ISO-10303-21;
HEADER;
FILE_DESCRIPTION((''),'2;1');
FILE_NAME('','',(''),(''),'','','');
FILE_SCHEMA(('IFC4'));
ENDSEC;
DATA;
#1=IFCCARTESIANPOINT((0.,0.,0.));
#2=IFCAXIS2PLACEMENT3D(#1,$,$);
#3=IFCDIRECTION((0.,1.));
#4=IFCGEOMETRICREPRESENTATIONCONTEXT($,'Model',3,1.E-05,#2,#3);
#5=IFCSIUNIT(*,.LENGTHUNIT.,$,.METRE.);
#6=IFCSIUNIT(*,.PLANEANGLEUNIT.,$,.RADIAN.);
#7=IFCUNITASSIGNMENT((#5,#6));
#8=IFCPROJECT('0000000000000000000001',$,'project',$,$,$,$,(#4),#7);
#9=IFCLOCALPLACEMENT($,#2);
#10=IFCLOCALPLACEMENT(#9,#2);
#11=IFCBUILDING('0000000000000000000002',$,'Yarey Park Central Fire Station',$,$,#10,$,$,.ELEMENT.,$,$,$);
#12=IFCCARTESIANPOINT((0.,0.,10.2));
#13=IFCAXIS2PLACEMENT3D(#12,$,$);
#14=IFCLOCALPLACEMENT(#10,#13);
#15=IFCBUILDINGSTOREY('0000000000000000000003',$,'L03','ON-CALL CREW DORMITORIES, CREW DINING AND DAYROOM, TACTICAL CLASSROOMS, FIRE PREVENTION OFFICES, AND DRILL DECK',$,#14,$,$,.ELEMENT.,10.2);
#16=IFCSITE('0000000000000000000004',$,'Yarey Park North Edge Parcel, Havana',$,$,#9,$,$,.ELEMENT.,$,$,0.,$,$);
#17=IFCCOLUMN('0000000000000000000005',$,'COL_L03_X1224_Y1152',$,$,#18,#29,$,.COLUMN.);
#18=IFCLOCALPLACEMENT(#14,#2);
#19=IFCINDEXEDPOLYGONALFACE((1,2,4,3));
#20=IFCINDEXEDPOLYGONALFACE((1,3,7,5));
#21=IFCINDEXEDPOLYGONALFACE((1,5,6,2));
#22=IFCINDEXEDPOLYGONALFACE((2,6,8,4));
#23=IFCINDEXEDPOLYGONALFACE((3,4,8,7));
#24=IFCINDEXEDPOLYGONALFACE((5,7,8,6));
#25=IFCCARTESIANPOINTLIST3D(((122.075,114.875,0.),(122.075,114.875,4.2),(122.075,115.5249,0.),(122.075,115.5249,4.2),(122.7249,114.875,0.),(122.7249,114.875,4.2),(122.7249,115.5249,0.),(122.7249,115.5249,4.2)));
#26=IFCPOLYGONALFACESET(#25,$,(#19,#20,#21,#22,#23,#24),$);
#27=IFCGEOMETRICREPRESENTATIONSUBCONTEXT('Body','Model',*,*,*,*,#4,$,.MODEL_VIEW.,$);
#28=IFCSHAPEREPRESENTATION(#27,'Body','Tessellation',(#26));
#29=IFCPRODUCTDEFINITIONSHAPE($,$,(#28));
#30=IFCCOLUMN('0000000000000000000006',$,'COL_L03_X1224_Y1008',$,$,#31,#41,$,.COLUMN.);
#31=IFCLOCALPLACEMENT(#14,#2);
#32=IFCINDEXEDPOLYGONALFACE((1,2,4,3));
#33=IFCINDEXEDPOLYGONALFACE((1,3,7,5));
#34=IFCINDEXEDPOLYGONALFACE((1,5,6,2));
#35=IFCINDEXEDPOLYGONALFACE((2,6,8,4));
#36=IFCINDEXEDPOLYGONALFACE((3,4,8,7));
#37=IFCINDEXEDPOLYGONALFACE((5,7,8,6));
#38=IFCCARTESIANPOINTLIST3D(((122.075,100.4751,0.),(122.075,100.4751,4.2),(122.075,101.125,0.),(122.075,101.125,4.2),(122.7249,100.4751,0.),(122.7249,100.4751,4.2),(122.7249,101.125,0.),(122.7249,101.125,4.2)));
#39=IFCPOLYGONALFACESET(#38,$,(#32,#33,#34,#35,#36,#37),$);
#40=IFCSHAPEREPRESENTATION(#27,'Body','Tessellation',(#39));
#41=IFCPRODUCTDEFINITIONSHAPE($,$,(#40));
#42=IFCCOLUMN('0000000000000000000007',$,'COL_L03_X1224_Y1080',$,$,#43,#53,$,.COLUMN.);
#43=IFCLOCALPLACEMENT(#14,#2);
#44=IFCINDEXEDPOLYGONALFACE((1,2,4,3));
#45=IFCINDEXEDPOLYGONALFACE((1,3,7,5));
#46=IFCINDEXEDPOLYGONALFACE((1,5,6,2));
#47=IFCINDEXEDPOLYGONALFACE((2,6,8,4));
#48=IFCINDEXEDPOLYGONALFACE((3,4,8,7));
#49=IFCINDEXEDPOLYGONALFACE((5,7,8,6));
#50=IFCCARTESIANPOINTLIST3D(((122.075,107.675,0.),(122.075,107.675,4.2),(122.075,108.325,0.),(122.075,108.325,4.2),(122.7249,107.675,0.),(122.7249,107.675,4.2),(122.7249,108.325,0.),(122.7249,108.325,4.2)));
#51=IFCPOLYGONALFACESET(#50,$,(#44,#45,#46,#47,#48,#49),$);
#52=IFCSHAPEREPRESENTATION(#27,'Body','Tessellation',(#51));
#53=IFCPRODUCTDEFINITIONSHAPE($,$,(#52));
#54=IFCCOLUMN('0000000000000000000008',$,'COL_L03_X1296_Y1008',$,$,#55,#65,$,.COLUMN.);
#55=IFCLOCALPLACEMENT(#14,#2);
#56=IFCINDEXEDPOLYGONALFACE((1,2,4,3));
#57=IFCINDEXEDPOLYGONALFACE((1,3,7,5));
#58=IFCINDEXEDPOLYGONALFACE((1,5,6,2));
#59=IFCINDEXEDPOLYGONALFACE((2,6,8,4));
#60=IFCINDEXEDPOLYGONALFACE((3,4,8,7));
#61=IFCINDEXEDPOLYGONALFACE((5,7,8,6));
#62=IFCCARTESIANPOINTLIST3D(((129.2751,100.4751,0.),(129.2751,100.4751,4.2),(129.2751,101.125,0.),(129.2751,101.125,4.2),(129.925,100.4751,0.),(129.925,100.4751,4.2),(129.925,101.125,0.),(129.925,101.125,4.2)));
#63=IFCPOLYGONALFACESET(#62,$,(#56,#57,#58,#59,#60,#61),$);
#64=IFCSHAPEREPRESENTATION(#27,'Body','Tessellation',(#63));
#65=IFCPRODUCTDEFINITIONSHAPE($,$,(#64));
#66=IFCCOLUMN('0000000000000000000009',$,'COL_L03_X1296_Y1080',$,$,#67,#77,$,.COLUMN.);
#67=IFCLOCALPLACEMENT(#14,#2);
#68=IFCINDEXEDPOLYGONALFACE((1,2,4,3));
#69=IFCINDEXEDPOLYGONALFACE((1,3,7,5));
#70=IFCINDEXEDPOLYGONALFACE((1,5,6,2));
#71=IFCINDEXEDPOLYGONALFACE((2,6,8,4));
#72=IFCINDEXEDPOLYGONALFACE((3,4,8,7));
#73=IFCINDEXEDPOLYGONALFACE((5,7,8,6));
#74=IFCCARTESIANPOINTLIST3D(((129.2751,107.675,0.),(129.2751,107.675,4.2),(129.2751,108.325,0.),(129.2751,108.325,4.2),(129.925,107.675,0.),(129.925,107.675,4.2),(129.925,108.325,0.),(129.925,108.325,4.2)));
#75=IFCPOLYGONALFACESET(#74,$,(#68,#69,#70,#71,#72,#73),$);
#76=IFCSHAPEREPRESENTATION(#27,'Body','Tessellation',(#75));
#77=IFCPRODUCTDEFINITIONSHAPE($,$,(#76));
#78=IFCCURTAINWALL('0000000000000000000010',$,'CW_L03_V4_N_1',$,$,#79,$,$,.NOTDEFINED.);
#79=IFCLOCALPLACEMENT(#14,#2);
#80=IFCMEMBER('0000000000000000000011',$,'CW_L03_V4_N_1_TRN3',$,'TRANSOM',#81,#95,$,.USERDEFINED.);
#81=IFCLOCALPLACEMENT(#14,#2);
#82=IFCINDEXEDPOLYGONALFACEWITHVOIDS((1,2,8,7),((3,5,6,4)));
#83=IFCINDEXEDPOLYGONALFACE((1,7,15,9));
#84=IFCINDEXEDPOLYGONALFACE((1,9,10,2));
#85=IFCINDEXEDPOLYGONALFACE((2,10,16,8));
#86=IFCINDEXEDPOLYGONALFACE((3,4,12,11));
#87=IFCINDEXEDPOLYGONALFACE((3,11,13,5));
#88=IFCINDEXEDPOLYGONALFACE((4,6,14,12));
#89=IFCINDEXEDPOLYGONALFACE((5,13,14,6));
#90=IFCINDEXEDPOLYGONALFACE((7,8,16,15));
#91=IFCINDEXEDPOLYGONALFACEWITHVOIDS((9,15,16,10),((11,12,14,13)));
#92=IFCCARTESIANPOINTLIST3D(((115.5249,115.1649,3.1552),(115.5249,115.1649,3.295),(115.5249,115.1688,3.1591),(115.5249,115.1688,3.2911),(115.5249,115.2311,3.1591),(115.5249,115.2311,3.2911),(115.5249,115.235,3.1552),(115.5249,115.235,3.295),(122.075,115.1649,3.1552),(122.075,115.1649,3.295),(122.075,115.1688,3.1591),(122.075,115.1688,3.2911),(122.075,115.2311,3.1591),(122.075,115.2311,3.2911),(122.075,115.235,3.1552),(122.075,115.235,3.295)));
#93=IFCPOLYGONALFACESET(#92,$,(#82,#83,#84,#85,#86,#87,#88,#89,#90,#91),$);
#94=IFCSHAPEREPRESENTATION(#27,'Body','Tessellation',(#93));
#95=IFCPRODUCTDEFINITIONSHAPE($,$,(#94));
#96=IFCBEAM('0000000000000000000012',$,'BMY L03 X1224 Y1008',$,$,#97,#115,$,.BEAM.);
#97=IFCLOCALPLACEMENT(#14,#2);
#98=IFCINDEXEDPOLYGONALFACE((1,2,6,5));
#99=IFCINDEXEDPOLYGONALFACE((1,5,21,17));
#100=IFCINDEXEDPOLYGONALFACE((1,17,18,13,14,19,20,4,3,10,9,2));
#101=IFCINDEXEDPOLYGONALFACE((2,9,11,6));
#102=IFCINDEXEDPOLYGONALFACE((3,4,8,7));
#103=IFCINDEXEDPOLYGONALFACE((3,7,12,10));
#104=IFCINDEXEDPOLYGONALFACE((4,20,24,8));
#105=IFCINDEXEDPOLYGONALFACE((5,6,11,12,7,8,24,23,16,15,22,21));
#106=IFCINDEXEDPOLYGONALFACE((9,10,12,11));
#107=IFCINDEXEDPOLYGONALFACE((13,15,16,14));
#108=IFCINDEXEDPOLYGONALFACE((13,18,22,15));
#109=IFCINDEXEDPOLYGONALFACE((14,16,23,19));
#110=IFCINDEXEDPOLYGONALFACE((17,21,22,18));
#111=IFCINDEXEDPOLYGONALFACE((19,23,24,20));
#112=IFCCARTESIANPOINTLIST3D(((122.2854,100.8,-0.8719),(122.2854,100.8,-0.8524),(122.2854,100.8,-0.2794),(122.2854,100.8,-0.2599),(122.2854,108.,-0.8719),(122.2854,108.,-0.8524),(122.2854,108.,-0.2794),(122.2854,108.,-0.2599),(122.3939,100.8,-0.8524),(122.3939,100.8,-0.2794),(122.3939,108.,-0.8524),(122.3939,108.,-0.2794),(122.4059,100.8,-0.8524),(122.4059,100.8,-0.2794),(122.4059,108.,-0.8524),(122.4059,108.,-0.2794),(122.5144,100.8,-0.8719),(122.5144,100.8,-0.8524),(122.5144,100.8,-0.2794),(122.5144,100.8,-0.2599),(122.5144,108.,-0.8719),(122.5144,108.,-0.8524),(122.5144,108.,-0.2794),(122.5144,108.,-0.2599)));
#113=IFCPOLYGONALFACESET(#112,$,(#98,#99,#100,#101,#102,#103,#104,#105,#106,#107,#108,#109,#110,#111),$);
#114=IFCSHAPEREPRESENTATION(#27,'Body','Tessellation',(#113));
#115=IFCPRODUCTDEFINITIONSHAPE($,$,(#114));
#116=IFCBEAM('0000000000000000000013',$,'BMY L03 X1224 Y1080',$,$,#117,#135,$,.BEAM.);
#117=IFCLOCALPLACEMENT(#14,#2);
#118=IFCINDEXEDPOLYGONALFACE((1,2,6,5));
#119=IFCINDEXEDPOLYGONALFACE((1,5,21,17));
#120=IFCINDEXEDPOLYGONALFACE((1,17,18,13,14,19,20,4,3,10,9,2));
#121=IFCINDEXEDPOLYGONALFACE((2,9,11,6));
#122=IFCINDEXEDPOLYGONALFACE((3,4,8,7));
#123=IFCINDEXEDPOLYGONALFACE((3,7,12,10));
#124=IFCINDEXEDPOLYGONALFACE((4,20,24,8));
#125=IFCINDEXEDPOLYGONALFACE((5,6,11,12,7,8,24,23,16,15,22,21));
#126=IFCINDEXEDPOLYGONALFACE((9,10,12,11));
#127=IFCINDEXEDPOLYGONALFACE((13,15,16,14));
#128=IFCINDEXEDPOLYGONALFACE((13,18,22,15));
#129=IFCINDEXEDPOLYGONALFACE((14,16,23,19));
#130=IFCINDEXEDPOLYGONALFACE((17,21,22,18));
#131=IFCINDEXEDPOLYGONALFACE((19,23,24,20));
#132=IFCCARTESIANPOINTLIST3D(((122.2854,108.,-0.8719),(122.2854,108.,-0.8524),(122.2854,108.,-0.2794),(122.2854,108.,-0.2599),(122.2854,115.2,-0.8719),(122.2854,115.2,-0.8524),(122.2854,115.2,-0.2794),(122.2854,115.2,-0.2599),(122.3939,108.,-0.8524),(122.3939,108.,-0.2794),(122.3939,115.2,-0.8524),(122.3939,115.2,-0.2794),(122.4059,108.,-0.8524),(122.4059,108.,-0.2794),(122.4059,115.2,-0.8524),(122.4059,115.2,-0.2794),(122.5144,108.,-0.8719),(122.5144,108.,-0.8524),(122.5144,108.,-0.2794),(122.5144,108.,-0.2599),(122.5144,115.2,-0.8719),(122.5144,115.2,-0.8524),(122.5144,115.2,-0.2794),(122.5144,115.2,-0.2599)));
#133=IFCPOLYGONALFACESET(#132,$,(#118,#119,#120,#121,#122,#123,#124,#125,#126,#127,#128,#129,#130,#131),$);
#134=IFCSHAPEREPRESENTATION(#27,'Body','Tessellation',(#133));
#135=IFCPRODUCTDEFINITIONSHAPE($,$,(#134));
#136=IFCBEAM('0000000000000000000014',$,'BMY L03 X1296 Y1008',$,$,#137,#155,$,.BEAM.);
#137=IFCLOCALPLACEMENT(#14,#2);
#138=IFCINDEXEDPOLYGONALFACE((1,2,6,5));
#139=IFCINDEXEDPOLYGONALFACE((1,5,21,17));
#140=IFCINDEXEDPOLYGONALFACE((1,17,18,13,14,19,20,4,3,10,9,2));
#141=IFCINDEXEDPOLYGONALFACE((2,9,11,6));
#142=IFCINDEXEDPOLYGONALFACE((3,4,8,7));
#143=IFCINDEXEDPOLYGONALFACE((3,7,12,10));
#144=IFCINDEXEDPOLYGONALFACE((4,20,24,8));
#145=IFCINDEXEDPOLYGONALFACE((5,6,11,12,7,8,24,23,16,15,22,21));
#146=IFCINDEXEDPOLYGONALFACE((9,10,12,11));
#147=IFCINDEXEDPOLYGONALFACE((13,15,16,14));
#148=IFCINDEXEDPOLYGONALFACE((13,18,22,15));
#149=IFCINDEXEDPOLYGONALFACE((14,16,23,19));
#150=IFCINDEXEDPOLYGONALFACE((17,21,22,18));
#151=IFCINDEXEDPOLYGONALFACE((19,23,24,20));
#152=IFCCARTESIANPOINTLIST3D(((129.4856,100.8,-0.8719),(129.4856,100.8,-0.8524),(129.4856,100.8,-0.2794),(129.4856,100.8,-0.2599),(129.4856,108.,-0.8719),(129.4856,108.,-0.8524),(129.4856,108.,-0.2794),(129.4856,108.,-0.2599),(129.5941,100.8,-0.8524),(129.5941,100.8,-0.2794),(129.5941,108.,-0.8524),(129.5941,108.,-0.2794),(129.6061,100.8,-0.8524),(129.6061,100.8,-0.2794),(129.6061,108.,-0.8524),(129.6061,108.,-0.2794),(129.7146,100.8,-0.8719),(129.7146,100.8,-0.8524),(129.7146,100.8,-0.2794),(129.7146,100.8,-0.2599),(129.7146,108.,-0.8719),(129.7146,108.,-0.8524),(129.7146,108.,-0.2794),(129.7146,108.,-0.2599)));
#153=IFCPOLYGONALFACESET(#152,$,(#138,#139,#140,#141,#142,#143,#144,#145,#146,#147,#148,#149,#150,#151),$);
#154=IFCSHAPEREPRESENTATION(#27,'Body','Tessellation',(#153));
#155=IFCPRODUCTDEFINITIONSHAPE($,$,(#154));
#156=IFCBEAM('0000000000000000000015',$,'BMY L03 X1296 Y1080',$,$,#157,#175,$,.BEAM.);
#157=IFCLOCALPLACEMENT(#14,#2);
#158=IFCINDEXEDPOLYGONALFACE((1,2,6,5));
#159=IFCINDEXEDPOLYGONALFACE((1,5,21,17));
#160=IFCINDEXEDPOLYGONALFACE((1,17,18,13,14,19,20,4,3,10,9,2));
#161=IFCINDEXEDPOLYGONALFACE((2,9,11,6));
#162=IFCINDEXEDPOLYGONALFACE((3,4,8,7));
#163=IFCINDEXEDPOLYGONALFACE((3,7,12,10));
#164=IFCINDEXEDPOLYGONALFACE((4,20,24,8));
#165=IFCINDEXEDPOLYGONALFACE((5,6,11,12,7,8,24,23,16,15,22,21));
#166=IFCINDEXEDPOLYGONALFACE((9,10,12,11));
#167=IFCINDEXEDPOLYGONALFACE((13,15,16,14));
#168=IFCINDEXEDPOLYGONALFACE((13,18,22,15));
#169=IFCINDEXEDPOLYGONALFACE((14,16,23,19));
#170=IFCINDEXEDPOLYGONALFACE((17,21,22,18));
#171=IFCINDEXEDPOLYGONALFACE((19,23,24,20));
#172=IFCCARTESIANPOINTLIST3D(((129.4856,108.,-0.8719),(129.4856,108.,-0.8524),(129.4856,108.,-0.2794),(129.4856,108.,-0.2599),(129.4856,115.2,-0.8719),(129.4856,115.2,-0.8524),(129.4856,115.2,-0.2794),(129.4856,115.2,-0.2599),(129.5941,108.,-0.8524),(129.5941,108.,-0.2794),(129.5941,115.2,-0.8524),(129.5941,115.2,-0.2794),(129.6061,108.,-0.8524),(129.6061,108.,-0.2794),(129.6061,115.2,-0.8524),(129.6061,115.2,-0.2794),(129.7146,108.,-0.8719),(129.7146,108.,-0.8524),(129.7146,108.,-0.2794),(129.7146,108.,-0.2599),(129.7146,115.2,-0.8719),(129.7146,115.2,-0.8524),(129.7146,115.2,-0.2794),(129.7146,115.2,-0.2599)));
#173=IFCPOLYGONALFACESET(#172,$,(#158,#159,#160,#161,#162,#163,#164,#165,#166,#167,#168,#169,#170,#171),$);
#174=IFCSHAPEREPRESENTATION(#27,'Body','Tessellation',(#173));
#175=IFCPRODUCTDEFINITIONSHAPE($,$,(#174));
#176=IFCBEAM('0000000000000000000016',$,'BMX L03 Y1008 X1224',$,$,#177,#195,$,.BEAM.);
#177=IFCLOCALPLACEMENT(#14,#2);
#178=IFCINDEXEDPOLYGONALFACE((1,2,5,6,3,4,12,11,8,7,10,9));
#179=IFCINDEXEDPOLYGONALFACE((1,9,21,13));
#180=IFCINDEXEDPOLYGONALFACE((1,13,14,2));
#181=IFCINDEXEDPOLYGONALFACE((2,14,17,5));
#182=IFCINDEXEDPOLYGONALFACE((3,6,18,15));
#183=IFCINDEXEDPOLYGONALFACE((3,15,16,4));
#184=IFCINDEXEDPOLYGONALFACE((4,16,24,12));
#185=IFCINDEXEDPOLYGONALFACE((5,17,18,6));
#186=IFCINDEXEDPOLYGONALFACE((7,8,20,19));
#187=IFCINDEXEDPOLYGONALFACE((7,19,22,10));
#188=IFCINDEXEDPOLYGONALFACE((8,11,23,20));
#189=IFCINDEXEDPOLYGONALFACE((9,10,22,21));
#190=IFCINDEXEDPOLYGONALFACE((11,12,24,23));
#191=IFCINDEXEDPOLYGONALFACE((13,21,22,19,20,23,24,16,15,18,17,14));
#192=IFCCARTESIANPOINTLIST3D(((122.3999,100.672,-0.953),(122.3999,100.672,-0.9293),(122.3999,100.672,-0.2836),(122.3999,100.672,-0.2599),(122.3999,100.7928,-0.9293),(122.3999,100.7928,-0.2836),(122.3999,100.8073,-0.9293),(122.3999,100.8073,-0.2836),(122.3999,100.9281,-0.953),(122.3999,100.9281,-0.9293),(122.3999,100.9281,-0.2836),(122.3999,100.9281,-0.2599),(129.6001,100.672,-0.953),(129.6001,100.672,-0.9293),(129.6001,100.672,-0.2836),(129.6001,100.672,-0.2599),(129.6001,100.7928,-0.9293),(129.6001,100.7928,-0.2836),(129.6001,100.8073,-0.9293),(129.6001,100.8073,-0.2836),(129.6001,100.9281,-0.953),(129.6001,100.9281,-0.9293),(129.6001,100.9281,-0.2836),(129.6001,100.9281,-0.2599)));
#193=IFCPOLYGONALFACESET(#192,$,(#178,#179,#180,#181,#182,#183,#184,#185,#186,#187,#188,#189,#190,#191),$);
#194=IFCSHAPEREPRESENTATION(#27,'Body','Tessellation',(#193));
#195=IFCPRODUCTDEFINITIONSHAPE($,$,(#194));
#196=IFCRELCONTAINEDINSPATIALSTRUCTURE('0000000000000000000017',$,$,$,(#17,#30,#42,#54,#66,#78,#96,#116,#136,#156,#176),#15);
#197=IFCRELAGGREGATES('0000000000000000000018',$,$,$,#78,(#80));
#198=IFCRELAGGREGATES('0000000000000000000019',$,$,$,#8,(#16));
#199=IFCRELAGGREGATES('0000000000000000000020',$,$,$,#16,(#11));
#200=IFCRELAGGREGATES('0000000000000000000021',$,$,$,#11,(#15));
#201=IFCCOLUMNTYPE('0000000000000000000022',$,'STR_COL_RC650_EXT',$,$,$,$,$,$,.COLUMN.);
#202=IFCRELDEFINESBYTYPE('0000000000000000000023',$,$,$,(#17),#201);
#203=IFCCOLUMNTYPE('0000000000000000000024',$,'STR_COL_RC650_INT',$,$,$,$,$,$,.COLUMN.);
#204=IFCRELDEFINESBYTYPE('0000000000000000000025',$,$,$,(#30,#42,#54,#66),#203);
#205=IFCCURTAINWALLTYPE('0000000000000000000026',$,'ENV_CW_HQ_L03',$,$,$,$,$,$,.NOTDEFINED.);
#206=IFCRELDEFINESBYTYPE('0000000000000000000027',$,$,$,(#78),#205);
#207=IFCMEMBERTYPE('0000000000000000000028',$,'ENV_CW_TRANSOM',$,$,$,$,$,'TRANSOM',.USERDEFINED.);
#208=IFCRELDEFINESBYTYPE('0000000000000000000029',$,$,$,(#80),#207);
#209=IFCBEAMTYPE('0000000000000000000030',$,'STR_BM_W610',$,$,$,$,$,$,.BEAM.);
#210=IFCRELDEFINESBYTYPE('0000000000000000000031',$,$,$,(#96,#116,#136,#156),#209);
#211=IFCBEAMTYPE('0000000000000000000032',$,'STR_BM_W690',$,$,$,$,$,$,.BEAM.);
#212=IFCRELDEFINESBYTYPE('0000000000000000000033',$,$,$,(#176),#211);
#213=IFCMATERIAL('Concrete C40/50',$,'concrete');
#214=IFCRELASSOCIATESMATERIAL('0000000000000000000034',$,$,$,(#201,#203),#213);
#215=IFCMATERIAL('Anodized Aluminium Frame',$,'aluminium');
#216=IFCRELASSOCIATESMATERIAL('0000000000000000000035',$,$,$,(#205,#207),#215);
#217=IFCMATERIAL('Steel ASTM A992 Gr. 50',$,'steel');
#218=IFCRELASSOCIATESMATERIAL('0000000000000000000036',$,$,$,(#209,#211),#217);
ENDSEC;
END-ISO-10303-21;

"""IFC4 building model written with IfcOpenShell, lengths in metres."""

from ifc_helpers import new_model, si_unit, direction, frame, origin, origin_2d, place, context, subcontext, project, spatial, rectangle, hollow_rectangle, i_section, extrude, material, material_profile, profile_set, type_object, element, aggregate, save


model = new_model("IFC4")

# Units and contexts
model_context = context("Model", 3, precision=1e-05, world=origin(), true_north=direction((0.0, 1.0)))
body_context = subcontext(model_context, "Body", "Model", "MODEL_VIEW")
ifc_project = project(units=[si_unit("LENGTHUNIT", "METRE"), si_unit("PLANEANGLEUNIT", "RADIAN")], contexts=[model_context])

# Site, building, storey
site_placement = place(None, origin())
site = spatial("IfcSite", under=ifc_project, at=site_placement, Name="Yarey Park North Edge Parcel, Havana", CompositionType="ELEMENT", RefElevation=0.0)
building_placement = place(site_placement, origin())
building = spatial("IfcBuilding", under=site, at=building_placement, Name="Yarey Park Central Fire Station", CompositionType="ELEMENT")
storey_placement = place(building_placement, frame((0.0, 0.0, 10.2)))
storey = spatial("IfcBuildingStorey", under=building, at=storey_placement, Name="L03", Description="ON-CALL CREW DORMITORIES, CREW DINING AND DAYROOM, TACTICAL CLASSROOMS, FIRE PREVENTION OFFICES, AND DRILL DECK", CompositionType="ELEMENT", Elevation=10.2)

# Columns
ifc_material_1 = material(Name="Concrete C40/50", Category="concrete")
ifc_material_profile_1 = material_profile(ifc_material_1, rectangle(XDim=0.6499, YDim=0.6499, at=origin_2d()), Name="RC 650x650")
ifc_profile_set_1 = profile_set([ifc_material_profile_1], Name="Concrete C40/50")
column_type_1 = type_object("IfcColumnType", Name="STR_COL_RC650_EXT", PredefinedType="COLUMN", material=ifc_profile_set_1)
column_placement = place(storey_placement, frame((122.3999, 115.2, 0.0), z_axis=(0.0, 0.0, 1.0), x_axis=(1.0, 0.0, 0.0)))
element("IfcColumn", 1, at=column_placement, inside=storey, type_object=column_type_1, Name="COL_L03_X1224_Y1152", PredefinedType="COLUMN", context=body_context, shape_type="SweptSolid", body=[
    extrude(rectangle(XDim=0.6499, YDim=0.6499, at=origin_2d()), origin(), (0.0, 0.0, 1.0), 4.2),
])
ifc_material_profile_2 = material_profile(ifc_material_1, rectangle(XDim=0.6499, YDim=0.6499, at=origin_2d()), Name="RC 650x650")
ifc_profile_set_2 = profile_set([ifc_material_profile_2], Name="Concrete C40/50")
column_type_2 = type_object("IfcColumnType", Name="STR_COL_RC650_INT", PredefinedType="COLUMN", material=ifc_profile_set_2)
for number, where, z_axis, x_axis, name in (
    (2, (122.3999, 100.8, 0.0), (0.0, 0.0, 1.0), (1.0, 0.0, 0.0), "COL_L03_X1224_Y1008"),
    (3, (122.3999, 108.0, 0.0), (0.0, 0.0, 1.0), (1.0, 0.0, 0.0), "COL_L03_X1224_Y1080"),
    (4, (129.6001, 100.8, 0.0), (0.0, 0.0, 1.0), (1.0, 0.0, 0.0), "COL_L03_X1296_Y1008"),
    (5, (129.6001, 108.0, 0.0), (0.0, 0.0, 1.0), (1.0, 0.0, 0.0), "COL_L03_X1296_Y1080"),
):
    element("IfcColumn", number, at=place(storey_placement, frame(where, z_axis=z_axis, x_axis=x_axis)), inside=storey, type_object=column_type_2, Name=name, PredefinedType="COLUMN", context=body_context, shape_type="SweptSolid", body=[
        extrude(rectangle(XDim=0.6499, YDim=0.6499, at=origin_2d()), origin(), (0.0, 0.0, 1.0), 4.2),
    ])

# Curtain wall, member
ifc_material_2 = material(Name="Anodized Aluminium Frame", Category="aluminium")
curtain_wall_type = type_object("IfcCurtainWallType", Name="ENV_CW_HQ_L03", PredefinedType="NOTDEFINED", material=ifc_material_2)
curtain_wall_placement = place(storey_placement, origin())
curtain_wall = element("IfcCurtainWall", 6, at=curtain_wall_placement, inside=storey, type_object=curtain_wall_type, Name="CW_L03_V4_N_1", PredefinedType="NOTDEFINED")
ifc_material_profile_3 = material_profile(ifc_material_2, hollow_rectangle(XDim=0.0701, YDim=0.1399, WallThickness=0.0039, at=origin_2d()), Name="ALU 140x70x4")
ifc_profile_set_3 = profile_set([ifc_material_profile_3], Name="Anodized Aluminium Frame")
member_type = type_object("IfcMemberType", Name="ENV_CW_TRANSOM", ElementType="TRANSOM", PredefinedType="USERDEFINED", material=ifc_profile_set_3)
member_placement = place(storey_placement, frame((122.075, 115.2, 3.2251), z_axis=(-1.0, 0.0, 0.0), x_axis=(0.0, -1.0, 0.0)))
member = element("IfcMember", 7, at=member_placement, type_object=member_type, Name="CW_L03_V4_N_1_TRN3", ObjectType="TRANSOM", PredefinedType="USERDEFINED", context=body_context, shape_type="SweptSolid", body=[
    extrude(hollow_rectangle(XDim=0.0701, YDim=0.1399, WallThickness=0.0039, at=origin_2d()), origin(), (0.0, 0.0, 1.0), 6.55),
])
aggregate(curtain_wall, [member])

# Beams
ifc_material_3 = material(Name="Steel ASTM A992 Gr. 50", Category="steel")
ifc_material_profile_4 = material_profile(ifc_material_3, i_section(OverallWidth=0.229, OverallDepth=0.6121, WebThickness=0.012, FlangeThickness=0.0195, at=origin_2d()), Name="W610x125")
ifc_profile_set_4 = profile_set([ifc_material_profile_4], Name="Steel ASTM A992 Gr. 50")
beam_type_1 = type_object("IfcBeamType", Name="STR_BM_W610", PredefinedType="BEAM", material=ifc_profile_set_4)
for number, where, z_axis, x_axis, name in (
    (8, (122.3999, 100.8, -0.5659), (0.0, 1.0, 0.0), (-1.0, 0.0, 0.0), "BMY L03 X1224 Y1008"),
    (9, (122.3999, 108.0, -0.5659), (0.0, 1.0, 0.0), (-1.0, 0.0, 0.0), "BMY L03 X1224 Y1080"),
    (10, (129.6001, 100.8, -0.5659), (0.0, 1.0, 0.0), (-1.0, 0.0, 0.0), "BMY L03 X1296 Y1008"),
    (11, (129.6001, 108.0, -0.5659), (0.0, 1.0, 0.0), (-1.0, 0.0, 0.0), "BMY L03 X1296 Y1080"),
):
    element("IfcBeam", number, at=place(storey_placement, frame(where, z_axis=z_axis, x_axis=x_axis)), inside=storey, type_object=beam_type_1, Name=name, PredefinedType="BEAM", context=body_context, shape_type="SweptSolid", body=[
        extrude(i_section(OverallWidth=0.229, OverallDepth=0.6121, WebThickness=0.012, FlangeThickness=0.0195, at=origin_2d()), origin(), (0.0, 0.0, 1.0), 7.2),
    ])
ifc_material_profile_5 = material_profile(ifc_material_3, i_section(OverallWidth=0.2561, OverallDepth=0.6931, WebThickness=0.0144, FlangeThickness=0.0237, at=origin_2d()), Name="W690x170")
ifc_profile_set_5 = profile_set([ifc_material_profile_5], Name="Steel ASTM A992 Gr. 50")
beam_type_2 = type_object("IfcBeamType", Name="STR_BM_W690", PredefinedType="BEAM", material=ifc_profile_set_5)
beam_1_placement = place(storey_placement, frame((122.3999, 100.8, -0.6064), z_axis=(1.0, 0.0, 0.0), x_axis=(0.0, 1.0, 0.0)))
element("IfcBeam", 12, at=beam_1_placement, inside=storey, type_object=beam_type_2, Name="BMX L03 Y1008 X1224", PredefinedType="BEAM", context=body_context, shape_type="SweptSolid", body=[
    extrude(i_section(OverallWidth=0.2561, OverallDepth=0.6931, WebThickness=0.0144, FlangeThickness=0.0237, at=origin_2d()), origin(), (0.0, 0.0, 1.0), 7.2002),
])

save(model, "model.ifc")
